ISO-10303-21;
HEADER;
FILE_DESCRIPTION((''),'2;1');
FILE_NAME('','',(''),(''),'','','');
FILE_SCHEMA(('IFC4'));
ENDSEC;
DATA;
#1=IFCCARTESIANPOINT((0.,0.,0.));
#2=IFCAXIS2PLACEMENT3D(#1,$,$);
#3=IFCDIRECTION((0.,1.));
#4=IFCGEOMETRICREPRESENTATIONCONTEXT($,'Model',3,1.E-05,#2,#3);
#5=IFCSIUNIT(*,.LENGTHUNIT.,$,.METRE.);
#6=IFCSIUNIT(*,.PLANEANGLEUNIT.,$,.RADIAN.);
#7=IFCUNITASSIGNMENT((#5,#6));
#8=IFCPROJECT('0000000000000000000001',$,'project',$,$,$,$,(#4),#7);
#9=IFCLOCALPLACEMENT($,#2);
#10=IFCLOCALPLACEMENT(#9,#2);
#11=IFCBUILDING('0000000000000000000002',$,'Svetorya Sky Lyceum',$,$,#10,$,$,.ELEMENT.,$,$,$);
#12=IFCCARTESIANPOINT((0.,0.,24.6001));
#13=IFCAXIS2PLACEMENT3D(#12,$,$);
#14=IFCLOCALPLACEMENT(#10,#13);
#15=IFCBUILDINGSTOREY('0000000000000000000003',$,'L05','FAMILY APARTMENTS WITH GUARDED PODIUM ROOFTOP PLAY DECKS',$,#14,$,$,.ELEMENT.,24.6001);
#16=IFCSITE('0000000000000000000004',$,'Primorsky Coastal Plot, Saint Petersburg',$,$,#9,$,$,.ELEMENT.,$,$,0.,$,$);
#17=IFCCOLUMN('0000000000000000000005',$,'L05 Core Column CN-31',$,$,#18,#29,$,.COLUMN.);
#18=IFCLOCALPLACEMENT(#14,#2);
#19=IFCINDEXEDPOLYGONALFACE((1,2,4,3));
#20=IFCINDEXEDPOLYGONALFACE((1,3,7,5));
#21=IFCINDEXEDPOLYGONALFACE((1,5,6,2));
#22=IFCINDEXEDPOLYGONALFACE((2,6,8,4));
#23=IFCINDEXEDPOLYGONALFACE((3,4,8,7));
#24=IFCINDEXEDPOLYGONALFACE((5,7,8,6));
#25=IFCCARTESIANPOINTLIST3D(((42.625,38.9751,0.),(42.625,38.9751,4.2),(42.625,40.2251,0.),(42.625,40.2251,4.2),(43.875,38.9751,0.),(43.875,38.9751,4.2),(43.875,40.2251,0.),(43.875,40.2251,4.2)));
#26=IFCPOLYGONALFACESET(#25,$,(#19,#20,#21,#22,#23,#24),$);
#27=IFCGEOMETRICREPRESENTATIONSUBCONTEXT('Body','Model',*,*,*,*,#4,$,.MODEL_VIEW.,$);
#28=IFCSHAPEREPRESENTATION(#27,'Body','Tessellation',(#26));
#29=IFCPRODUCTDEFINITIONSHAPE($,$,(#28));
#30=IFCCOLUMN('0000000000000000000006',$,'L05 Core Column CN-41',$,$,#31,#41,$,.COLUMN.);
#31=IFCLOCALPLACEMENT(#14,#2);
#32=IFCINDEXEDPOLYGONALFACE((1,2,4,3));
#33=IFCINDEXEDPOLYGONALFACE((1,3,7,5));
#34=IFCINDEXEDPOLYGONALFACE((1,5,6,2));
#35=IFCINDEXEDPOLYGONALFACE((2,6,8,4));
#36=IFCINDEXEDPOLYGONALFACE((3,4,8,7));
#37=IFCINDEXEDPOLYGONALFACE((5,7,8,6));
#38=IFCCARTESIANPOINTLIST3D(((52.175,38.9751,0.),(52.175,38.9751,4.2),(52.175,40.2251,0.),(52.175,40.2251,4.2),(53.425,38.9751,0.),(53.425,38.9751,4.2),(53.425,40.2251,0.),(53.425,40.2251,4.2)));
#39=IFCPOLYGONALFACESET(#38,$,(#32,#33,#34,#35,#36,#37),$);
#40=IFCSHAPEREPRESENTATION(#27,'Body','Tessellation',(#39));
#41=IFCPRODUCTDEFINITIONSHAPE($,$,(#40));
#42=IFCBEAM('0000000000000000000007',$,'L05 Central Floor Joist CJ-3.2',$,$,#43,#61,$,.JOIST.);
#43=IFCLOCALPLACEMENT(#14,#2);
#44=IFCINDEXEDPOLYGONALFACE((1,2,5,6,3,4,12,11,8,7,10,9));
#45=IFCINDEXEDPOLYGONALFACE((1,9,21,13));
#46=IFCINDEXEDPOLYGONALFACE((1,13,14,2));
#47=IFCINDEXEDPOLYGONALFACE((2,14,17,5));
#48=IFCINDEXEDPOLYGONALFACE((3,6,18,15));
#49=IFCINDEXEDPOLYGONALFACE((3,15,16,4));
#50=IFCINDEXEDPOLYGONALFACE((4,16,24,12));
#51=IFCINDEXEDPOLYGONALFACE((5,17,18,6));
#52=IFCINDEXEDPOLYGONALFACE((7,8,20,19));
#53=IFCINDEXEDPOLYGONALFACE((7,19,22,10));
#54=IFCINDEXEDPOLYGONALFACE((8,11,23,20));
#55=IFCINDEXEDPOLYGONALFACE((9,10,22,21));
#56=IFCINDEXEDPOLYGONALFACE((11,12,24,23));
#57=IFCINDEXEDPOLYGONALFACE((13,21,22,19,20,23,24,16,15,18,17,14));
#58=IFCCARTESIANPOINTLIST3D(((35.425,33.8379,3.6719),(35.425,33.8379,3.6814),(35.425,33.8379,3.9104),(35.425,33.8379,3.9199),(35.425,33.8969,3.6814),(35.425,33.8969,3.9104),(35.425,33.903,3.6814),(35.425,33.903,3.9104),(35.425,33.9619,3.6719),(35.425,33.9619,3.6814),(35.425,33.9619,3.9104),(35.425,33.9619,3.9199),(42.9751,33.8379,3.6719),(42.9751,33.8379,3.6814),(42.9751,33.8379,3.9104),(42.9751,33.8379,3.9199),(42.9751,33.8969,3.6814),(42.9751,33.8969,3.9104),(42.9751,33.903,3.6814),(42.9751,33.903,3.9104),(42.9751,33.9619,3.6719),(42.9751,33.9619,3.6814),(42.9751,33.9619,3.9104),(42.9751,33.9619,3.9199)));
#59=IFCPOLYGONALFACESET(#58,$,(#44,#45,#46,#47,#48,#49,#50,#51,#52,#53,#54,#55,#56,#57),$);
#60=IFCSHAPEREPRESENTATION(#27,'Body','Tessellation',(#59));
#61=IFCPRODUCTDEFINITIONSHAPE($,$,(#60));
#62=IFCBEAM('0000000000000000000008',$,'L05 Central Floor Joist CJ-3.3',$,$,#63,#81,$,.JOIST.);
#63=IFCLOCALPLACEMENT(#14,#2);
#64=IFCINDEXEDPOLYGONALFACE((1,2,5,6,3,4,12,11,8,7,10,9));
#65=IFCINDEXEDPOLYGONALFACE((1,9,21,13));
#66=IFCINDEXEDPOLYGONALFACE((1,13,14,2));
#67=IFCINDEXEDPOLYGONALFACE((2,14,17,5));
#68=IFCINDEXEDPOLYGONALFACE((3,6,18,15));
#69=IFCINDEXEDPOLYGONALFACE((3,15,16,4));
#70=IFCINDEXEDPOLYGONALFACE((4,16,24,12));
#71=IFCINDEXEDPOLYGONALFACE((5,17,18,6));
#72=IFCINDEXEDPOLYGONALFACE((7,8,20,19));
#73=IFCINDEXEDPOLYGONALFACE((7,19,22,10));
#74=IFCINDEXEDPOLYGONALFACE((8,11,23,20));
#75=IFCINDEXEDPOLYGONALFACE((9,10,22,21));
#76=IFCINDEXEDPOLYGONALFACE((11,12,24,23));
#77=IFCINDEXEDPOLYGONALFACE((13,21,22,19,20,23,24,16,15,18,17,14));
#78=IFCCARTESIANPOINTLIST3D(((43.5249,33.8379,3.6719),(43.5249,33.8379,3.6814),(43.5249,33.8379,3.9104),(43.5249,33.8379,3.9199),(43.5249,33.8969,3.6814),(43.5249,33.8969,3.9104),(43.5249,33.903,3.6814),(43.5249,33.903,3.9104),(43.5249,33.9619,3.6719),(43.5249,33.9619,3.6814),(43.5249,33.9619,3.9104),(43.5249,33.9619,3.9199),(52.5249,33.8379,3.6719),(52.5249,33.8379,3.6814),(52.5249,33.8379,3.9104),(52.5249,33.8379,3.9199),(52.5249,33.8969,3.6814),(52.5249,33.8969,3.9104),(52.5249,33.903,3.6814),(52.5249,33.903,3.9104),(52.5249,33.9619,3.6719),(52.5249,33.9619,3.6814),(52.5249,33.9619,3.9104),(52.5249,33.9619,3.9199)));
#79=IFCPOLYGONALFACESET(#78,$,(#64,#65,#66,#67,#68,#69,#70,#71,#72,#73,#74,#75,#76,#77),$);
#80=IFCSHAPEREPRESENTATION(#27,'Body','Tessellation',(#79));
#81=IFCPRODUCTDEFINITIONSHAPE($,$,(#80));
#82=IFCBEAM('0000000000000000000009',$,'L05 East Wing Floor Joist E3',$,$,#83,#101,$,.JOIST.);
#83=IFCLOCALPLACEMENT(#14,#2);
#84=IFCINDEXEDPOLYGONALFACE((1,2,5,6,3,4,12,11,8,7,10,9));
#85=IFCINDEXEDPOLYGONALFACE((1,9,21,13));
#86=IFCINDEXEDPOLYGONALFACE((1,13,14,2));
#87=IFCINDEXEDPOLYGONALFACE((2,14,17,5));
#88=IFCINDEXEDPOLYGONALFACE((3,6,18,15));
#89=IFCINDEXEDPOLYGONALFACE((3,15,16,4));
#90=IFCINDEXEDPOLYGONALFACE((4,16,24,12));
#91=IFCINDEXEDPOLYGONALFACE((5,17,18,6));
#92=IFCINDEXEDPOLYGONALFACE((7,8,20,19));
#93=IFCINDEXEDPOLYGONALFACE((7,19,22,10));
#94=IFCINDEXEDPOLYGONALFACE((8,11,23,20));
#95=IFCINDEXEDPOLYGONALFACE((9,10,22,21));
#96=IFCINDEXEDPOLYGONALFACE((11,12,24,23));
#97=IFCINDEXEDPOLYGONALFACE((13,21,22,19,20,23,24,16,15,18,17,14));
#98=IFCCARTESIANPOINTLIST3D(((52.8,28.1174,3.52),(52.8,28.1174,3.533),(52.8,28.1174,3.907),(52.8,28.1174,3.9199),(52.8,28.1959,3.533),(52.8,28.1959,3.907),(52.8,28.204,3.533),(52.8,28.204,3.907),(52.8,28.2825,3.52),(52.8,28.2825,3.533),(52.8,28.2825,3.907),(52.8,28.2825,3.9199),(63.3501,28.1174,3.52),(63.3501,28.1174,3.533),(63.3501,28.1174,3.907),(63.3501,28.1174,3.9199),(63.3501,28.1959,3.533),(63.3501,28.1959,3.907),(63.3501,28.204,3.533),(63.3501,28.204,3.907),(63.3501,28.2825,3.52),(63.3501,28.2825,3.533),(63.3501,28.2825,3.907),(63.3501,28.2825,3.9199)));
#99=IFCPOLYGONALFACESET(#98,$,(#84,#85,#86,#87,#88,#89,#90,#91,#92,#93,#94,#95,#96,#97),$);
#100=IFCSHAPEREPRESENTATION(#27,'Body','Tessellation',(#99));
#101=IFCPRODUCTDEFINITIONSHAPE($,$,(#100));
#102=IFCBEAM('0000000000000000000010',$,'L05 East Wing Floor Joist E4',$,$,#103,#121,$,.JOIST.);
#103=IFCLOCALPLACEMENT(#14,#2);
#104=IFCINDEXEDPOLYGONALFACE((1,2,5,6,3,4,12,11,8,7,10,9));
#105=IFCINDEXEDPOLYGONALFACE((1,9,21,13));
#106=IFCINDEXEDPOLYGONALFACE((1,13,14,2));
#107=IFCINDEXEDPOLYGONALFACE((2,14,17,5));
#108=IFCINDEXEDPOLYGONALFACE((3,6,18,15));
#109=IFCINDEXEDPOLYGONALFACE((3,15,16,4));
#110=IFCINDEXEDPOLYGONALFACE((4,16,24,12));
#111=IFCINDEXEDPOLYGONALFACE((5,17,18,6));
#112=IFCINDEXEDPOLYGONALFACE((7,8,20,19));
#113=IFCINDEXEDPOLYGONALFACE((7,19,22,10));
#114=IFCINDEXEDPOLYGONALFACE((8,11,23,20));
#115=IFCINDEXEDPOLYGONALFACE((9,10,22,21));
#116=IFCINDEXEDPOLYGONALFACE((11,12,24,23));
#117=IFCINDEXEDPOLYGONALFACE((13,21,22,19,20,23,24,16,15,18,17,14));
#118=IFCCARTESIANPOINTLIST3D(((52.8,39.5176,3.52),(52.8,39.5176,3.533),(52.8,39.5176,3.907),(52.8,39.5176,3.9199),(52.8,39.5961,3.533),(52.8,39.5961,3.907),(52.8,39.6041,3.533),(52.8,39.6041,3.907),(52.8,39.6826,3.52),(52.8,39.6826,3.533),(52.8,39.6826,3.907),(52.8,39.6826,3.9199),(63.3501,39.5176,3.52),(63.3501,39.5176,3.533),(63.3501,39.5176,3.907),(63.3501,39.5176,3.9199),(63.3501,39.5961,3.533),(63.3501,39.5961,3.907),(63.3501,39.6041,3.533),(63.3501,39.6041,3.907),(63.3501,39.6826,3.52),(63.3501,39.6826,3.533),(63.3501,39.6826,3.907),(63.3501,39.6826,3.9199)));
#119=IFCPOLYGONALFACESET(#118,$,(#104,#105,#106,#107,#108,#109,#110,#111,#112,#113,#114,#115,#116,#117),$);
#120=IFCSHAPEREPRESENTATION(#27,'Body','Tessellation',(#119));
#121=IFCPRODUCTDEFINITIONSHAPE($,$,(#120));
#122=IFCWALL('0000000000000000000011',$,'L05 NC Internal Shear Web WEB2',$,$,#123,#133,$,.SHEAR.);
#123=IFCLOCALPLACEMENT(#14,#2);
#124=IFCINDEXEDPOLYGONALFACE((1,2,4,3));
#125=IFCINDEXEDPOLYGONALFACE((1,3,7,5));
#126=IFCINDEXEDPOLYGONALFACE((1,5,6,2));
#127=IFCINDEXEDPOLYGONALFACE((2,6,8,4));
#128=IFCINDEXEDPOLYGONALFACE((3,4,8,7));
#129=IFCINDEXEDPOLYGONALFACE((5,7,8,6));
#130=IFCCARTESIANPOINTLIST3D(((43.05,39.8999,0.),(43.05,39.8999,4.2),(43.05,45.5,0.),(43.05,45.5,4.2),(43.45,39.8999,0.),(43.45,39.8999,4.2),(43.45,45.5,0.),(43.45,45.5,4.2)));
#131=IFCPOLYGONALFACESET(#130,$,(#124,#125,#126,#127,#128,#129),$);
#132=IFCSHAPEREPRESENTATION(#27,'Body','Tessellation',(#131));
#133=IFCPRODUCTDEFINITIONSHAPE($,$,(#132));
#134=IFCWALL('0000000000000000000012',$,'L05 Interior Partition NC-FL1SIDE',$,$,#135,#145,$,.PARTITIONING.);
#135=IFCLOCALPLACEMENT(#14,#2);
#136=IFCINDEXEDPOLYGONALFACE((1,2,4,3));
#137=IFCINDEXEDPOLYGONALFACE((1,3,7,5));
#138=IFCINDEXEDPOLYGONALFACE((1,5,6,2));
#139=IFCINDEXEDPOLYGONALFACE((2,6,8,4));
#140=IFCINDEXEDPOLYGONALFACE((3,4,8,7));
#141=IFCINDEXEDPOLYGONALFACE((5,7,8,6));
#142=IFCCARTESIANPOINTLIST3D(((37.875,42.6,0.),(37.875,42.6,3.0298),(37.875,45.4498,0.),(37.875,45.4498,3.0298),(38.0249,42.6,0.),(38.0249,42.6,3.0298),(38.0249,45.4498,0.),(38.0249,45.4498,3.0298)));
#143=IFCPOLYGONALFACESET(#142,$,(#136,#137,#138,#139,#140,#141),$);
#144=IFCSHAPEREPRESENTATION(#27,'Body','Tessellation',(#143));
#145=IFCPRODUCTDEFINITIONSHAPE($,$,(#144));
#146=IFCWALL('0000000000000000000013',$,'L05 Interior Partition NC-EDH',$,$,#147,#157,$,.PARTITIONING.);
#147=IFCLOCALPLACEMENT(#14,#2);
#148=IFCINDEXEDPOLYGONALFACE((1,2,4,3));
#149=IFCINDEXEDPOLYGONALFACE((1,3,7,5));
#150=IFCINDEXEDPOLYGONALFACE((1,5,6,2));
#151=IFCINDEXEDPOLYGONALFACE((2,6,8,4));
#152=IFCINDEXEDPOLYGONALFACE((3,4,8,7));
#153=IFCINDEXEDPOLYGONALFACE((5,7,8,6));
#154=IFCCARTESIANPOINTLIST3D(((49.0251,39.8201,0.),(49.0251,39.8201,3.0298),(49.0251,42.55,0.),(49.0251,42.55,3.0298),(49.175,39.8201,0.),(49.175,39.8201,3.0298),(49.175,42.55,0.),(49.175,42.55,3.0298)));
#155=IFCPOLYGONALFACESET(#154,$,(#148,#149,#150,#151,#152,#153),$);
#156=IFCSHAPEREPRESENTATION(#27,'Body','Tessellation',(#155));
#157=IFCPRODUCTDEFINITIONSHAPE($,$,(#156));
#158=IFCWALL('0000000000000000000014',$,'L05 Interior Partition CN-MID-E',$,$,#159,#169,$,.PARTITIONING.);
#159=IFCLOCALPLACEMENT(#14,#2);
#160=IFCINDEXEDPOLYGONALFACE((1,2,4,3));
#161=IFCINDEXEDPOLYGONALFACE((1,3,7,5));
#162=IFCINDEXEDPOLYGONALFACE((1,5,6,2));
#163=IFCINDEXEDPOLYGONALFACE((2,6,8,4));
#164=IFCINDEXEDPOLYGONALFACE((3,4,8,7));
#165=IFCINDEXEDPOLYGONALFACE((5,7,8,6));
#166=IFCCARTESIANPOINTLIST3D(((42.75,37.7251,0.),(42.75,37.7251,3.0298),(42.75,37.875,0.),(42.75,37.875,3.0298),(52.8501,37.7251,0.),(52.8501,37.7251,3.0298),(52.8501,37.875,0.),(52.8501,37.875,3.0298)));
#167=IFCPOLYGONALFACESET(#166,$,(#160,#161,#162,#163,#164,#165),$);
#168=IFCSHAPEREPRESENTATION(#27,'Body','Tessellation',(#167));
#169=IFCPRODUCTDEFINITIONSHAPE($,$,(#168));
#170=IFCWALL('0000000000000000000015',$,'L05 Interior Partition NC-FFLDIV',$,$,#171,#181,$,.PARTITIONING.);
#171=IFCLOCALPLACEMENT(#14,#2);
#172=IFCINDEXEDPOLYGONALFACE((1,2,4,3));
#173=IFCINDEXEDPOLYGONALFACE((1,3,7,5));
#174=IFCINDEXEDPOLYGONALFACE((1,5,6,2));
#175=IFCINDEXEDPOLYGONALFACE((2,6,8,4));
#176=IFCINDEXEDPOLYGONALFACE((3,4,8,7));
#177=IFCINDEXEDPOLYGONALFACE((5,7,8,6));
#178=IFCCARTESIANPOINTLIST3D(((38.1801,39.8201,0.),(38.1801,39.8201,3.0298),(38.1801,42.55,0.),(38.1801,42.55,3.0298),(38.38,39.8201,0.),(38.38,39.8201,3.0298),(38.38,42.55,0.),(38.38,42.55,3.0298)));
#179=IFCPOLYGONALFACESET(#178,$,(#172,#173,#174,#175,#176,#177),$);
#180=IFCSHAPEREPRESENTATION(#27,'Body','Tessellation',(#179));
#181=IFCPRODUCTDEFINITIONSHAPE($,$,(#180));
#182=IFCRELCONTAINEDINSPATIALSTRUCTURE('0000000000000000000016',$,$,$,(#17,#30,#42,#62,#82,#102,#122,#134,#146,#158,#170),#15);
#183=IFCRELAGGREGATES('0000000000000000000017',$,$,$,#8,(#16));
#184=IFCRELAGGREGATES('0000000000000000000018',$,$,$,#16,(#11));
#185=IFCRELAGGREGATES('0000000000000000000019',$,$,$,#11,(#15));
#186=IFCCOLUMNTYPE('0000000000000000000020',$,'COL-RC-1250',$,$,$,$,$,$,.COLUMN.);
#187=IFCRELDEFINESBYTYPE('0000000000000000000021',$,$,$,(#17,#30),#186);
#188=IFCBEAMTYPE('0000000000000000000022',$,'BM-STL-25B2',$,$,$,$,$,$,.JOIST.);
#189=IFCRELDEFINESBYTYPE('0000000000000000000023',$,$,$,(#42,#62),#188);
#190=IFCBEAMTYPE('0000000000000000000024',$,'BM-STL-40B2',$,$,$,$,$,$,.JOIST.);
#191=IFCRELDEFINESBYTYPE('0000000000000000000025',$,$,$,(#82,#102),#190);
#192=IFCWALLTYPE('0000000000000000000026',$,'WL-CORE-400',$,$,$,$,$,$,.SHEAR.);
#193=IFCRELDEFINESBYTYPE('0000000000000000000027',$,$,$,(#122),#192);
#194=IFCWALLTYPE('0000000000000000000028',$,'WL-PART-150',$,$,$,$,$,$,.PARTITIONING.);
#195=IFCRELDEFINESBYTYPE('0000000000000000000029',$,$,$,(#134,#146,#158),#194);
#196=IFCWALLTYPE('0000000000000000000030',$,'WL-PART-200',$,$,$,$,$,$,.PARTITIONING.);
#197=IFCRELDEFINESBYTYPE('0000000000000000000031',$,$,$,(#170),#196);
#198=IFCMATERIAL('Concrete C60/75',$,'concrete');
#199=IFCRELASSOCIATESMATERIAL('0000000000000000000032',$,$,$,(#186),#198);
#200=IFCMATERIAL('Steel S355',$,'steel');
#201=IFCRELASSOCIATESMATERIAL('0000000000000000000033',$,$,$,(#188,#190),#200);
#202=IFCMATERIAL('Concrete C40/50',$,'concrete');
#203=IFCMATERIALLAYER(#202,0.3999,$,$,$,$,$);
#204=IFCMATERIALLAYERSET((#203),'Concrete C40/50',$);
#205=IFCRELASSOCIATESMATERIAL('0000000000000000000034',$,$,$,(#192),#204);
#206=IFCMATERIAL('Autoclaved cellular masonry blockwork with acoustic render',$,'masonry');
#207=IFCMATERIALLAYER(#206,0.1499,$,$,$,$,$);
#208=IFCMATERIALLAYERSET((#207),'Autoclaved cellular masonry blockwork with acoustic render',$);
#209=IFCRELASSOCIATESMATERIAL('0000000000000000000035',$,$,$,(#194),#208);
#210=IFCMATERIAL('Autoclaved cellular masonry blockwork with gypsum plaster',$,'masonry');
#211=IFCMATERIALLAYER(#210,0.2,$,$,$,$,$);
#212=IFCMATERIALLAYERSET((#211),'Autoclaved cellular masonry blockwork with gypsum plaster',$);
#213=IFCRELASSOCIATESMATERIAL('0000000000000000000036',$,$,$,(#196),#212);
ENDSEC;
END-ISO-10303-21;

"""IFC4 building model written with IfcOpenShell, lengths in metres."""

from ifc_helpers import new_model, si_unit, direction, frame, frame_2d, origin, origin_2d, place, context, subcontext, project, spatial, rectangle, i_section, extrude, material, layer, layer_set, material_profile, profile_set, type_object, element, save


model = new_model("IFC4")

# Units and contexts
model_context = context("Model", 3, precision=1e-05, world=origin(), true_north=direction((0.0, 1.0)))
body_context = subcontext(model_context, "Body", "Model", "MODEL_VIEW")
ifc_project = project(units=[si_unit("LENGTHUNIT", "METRE"), si_unit("PLANEANGLEUNIT", "RADIAN")], contexts=[model_context])

# Site, building, storey
site_placement = place(None, origin())
site = spatial("IfcSite", under=ifc_project, at=site_placement, Name="Primorsky Coastal Plot, Saint Petersburg", CompositionType="ELEMENT", RefElevation=0.0)
building_placement = place(site_placement, origin())
building = spatial("IfcBuilding", under=site, at=building_placement, Name="Svetorya Sky Lyceum", CompositionType="ELEMENT")
storey_placement = place(building_placement, frame((0.0, 0.0, 24.6001)))
storey = spatial("IfcBuildingStorey", under=building, at=storey_placement, Name="L05", Description="FAMILY APARTMENTS WITH GUARDED PODIUM ROOFTOP PLAY DECKS", CompositionType="ELEMENT", Elevation=24.6001)

# Columns
ifc_material_1 = material(Name="Concrete C60/75", Category="concrete")
ifc_material_profile_1 = material_profile(ifc_material_1, rectangle(XDim=1.25, YDim=1.25, at=origin_2d()), Name="RC COL 1250x1250")
ifc_profile_set_1 = profile_set([ifc_material_profile_1], Name="Concrete C60/75")
column_type = type_object("IfcColumnType", Name="COL-RC-1250", PredefinedType="COLUMN", material=ifc_profile_set_1)
for number, where, z_axis, x_axis, name in (
    (1, (43.25, 39.6001, 0.0), (0.0, 0.0, 1.0), (1.0, 0.0, 0.0), "L05 Core Column CN-31"),
    (2, (52.8, 39.6001, 0.0), (0.0, 0.0, 1.0), (1.0, 0.0, 0.0), "L05 Core Column CN-41"),
):
    element("IfcColumn", number, at=place(storey_placement, frame(where, z_axis=z_axis, x_axis=x_axis)), inside=storey, type_object=column_type, Name=name, PredefinedType="COLUMN", context=body_context, shape_type="SweptSolid", body=[
        extrude(rectangle(XDim=1.25, YDim=1.25, at=origin_2d()), origin(), (0.0, 0.0, 1.0), 4.2),
    ])

# Beams
ifc_material_2 = material(Name="Steel S355", Category="steel")
ifc_material_profile_2 = material_profile(ifc_material_2, i_section(OverallWidth=0.124, OverallDepth=0.248, WebThickness=0.0061, FlangeThickness=0.0095, at=origin_2d()), Name="GOST 25B2")
ifc_profile_set_2 = profile_set([ifc_material_profile_2], Name="Steel S355")
beam_type_1 = type_object("IfcBeamType", Name="BM-STL-25B2", PredefinedType="JOIST", material=ifc_profile_set_2)
beam_1_placement = place(storey_placement, frame((35.425, 33.8999, 3.7959), z_axis=(1.0, 0.0, 0.0), x_axis=(0.0, 1.0, 0.0)))
element("IfcBeam", 3, at=beam_1_placement, inside=storey, type_object=beam_type_1, Name="L05 Central Floor Joist CJ-3.2", PredefinedType="JOIST", context=body_context, shape_type="SweptSolid", body=[
    extrude(i_section(OverallWidth=0.124, OverallDepth=0.248, WebThickness=0.0061, FlangeThickness=0.0095, at=origin_2d()), origin(), (0.0, 0.0, 1.0), 7.55),
])
beam_2_placement = place(storey_placement, frame((43.5249, 33.8999, 3.7959), z_axis=(1.0, 0.0, 0.0), x_axis=(0.0, 1.0, 0.0)))
element("IfcBeam", 4, at=beam_2_placement, inside=storey, type_object=beam_type_1, Name="L05 Central Floor Joist CJ-3.3", PredefinedType="JOIST", context=body_context, shape_type="SweptSolid", body=[
    extrude(i_section(OverallWidth=0.124, OverallDepth=0.248, WebThickness=0.0061, FlangeThickness=0.0095, at=origin_2d()), origin(), (0.0, 0.0, 1.0), 9.0),
])
ifc_material_profile_3 = material_profile(ifc_material_2, i_section(OverallWidth=0.165, OverallDepth=0.3999, WebThickness=0.0081, FlangeThickness=0.0129, at=origin_2d()), Name="GOST 40B2")
ifc_profile_set_3 = profile_set([ifc_material_profile_3], Name="Steel S355")
beam_type_2 = type_object("IfcBeamType", Name="BM-STL-40B2", PredefinedType="JOIST", material=ifc_profile_set_3)
for number, where, z_axis, x_axis, name in (
    (5, (52.8, 28.2, 3.72), (1.0, 0.0, 0.0), (0.0, 1.0, 0.0), "L05 East Wing Floor Joist E3"),
    (6, (52.8, 39.6001, 3.72), (1.0, 0.0, 0.0), (0.0, 1.0, 0.0), "L05 East Wing Floor Joist E4"),
):
    element("IfcBeam", number, at=place(storey_placement, frame(where, z_axis=z_axis, x_axis=x_axis)), inside=storey, type_object=beam_type_2, Name=name, PredefinedType="JOIST", context=body_context, shape_type="SweptSolid", body=[
        extrude(i_section(OverallWidth=0.165, OverallDepth=0.3999, WebThickness=0.0081, FlangeThickness=0.0129, at=origin_2d()), origin(), (0.0, 0.0, 1.0), 10.55),
    ])

# Wall
ifc_material_3 = material(Name="Concrete C40/50", Category="concrete")
ifc_layer_1 = layer(ifc_material_3, 0.3999)
ifc_layer_set_1 = layer_set([ifc_layer_1], Name="Concrete C40/50")
wall_type_1 = type_object("IfcWallType", Name="WL-CORE-400", PredefinedType="SHEAR", material=ifc_layer_set_1)
wall_1_placement = place(storey_placement, frame((43.25, 39.8999, 0.0), z_axis=(0.0, 0.0, 1.0), x_axis=(0.0, 1.0, 0.0)))
element("IfcWall", 7, at=wall_1_placement, inside=storey, type_object=wall_type_1, Name="L05 NC Internal Shear Web WEB2", PredefinedType="SHEAR", context=body_context, shape_type="SweptSolid", body=[
    extrude(rectangle(XDim=5.6001, YDim=0.3999, at=frame_2d((2.8, 0.0))), origin(), (0.0, 0.0, 1.0), 4.2),
])

# Walls
ifc_material_4 = material(Name="Autoclaved cellular masonry blockwork with acoustic render", Category="masonry")
ifc_layer_2 = layer(ifc_material_4, 0.1499)
ifc_layer_set_2 = layer_set([ifc_layer_2], Name="Autoclaved cellular masonry blockwork with acoustic render")
wall_type_2 = type_object("IfcWallType", Name="WL-PART-150", PredefinedType="PARTITIONING", material=ifc_layer_set_2)
wall_2_placement = place(storey_placement, frame((37.95, 42.6001, 0.0), z_axis=(0.0, 0.0, 1.0), x_axis=(0.0, 1.0, 0.0)))
element("IfcWall", 8, at=wall_2_placement, inside=storey, type_object=wall_type_2, Name="L05 Interior Partition NC-FL1SIDE", PredefinedType="PARTITIONING", context=body_context, shape_type="SweptSolid", body=[
    extrude(rectangle(XDim=2.8499, YDim=0.1499, at=frame_2d((1.4248, 0.0))), origin(), (0.0, 0.0, 1.0), 3.0298),
])
wall_3_placement = place(storey_placement, frame((49.1001, 39.8201, 0.0), z_axis=(0.0, 0.0, 1.0), x_axis=(0.0, 1.0, 0.0)))
element("IfcWall", 9, at=wall_3_placement, inside=storey, type_object=wall_type_2, Name="L05 Interior Partition NC-EDH", PredefinedType="PARTITIONING", context=body_context, shape_type="SweptSolid", body=[
    extrude(rectangle(XDim=2.73, YDim=0.1499, at=frame_2d((1.365, 0.0))), origin(), (0.0, 0.0, 1.0), 3.0298),
])
wall_4_placement = place(storey_placement, frame((42.75, 37.8, 0.0), z_axis=(0.0, 0.0, 1.0), x_axis=(1.0, 0.0, 0.0)))
element("IfcWall", 10, at=wall_4_placement, inside=storey, type_object=wall_type_2, Name="L05 Interior Partition CN-MID-E", PredefinedType="PARTITIONING", context=body_context, shape_type="SweptSolid", body=[
    extrude(rectangle(XDim=10.1001, YDim=0.1499, at=frame_2d((5.05, 0.0))), origin(), (0.0, 0.0, 1.0), 3.0298),
])

# Shared definitions
ifc_material_5 = material(Name="Autoclaved cellular masonry blockwork with gypsum plaster", Category="masonry")
ifc_layer_3 = layer(ifc_material_5, 0.2)
ifc_layer_set_3 = layer_set([ifc_layer_3], Name="Autoclaved cellular masonry blockwork with gypsum plaster")
wall_type_3 = type_object("IfcWallType", Name="WL-PART-200", PredefinedType="PARTITIONING", material=ifc_layer_set_3)

# Wall
wall_5_placement = place(storey_placement, frame((38.28, 39.8201, 0.0), z_axis=(0.0, 0.0, 1.0), x_axis=(0.0, 1.0, 0.0)))
element("IfcWall", 11, at=wall_5_placement, inside=storey, type_object=wall_type_3, Name="L05 Interior Partition NC-FFLDIV", PredefinedType="PARTITIONING", context=body_context, shape_type="SweptSolid", body=[
    extrude(rectangle(XDim=2.73, YDim=0.2, at=frame_2d((1.365, 0.0))), origin(), (0.0, 0.0, 1.0), 3.0298),
])

save(model, "model.ifc")
